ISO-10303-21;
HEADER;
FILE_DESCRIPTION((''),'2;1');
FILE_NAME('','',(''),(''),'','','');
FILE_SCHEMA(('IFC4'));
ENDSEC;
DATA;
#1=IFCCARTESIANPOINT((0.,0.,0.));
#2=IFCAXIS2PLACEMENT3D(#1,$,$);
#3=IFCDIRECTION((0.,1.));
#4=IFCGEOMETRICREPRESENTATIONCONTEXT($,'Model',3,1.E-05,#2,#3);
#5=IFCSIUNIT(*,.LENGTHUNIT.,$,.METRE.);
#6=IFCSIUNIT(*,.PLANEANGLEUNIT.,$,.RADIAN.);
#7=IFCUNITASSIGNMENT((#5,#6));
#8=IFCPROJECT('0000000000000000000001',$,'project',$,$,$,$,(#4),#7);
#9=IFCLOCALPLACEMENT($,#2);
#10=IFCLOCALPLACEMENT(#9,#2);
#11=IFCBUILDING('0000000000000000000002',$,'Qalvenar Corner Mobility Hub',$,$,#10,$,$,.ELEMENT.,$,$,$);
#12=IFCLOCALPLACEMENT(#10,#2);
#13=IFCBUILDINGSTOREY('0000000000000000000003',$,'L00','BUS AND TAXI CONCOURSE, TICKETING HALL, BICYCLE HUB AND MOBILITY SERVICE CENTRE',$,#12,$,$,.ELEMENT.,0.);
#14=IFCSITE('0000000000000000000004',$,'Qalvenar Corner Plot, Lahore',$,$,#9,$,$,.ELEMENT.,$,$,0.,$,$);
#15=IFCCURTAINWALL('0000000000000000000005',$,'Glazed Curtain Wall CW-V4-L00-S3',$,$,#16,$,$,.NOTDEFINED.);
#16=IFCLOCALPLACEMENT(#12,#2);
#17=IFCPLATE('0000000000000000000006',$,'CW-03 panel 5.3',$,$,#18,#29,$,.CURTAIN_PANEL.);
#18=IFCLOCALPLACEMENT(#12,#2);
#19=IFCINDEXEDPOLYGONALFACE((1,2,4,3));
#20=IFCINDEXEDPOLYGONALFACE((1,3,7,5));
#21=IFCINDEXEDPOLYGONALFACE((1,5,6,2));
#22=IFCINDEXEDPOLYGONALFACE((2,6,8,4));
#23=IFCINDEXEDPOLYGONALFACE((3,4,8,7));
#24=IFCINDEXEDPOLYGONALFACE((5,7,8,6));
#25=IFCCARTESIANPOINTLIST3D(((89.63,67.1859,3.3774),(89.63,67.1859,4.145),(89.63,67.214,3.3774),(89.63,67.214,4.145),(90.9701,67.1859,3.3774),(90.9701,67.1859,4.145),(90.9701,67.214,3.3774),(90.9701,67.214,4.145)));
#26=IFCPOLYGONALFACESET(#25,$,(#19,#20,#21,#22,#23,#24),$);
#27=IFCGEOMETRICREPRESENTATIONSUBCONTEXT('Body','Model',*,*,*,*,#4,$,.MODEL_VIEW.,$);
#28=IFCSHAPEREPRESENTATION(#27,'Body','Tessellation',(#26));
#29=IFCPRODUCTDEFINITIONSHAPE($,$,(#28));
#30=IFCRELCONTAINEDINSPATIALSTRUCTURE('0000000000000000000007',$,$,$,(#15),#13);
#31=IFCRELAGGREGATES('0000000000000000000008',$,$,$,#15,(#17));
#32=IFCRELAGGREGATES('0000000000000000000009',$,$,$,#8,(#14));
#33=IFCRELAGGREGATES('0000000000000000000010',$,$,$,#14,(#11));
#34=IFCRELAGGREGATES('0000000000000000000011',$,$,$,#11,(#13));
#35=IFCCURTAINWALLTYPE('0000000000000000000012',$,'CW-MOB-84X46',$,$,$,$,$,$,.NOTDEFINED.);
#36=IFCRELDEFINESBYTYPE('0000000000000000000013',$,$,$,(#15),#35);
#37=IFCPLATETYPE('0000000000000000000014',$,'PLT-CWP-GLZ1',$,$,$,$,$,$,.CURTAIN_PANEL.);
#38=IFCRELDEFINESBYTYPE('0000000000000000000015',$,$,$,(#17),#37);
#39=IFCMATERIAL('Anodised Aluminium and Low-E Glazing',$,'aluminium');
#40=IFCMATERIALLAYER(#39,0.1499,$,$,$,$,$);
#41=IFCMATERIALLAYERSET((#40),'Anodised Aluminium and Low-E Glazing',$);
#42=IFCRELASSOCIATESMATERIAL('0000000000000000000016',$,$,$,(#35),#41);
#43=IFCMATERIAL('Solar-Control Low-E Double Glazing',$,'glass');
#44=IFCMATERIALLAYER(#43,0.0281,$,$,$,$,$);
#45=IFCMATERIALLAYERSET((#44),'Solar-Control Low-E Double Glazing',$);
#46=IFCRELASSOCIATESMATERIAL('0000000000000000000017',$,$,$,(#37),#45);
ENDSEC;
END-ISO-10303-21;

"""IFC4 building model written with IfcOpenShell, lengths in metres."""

from ifc_helpers import new_model, si_unit, direction, frame, origin, origin_2d, place, context, subcontext, project, spatial, rectangle, extrude, material, layer, layer_set, type_object, element, aggregate, save


model = new_model("IFC4")

# Units and contexts
model_context = context("Model", 3, precision=1e-05, world=origin(), true_north=direction((0.0, 1.0)))
body_context = subcontext(model_context, "Body", "Model", "MODEL_VIEW")
ifc_project = project(units=[si_unit("LENGTHUNIT", "METRE"), si_unit("PLANEANGLEUNIT", "RADIAN")], contexts=[model_context])

# Site, building, storey
site_placement = place(None, origin())
site = spatial("IfcSite", under=ifc_project, at=site_placement, Name="Qalvenar Corner Plot, Lahore", CompositionType="ELEMENT", RefElevation=0.0)
building_placement = place(site_placement, origin())
building = spatial("IfcBuilding", under=site, at=building_placement, Name="Qalvenar Corner Mobility Hub", CompositionType="ELEMENT")
storey_placement = place(building_placement, origin())
storey = spatial("IfcBuildingStorey", under=building, at=storey_placement, Name="L00", Description="BUS AND TAXI CONCOURSE, TICKETING HALL, BICYCLE HUB AND MOBILITY SERVICE CENTRE", CompositionType="ELEMENT", Elevation=0.0)

# Curtain wall, plate
ifc_material_1 = material(Name="Anodised Aluminium and Low-E Glazing", Category="aluminium")
ifc_layer_1 = layer(ifc_material_1, 0.1499)
ifc_layer_set_1 = layer_set([ifc_layer_1], Name="Anodised Aluminium and Low-E Glazing")
curtain_wall_type = type_object("IfcCurtainWallType", Name="CW-MOB-84X46", PredefinedType="NOTDEFINED", material=ifc_layer_set_1)
curtain_wall_placement = place(storey_placement, origin())
curtain_wall = element("IfcCurtainWall", 1, at=curtain_wall_placement, inside=storey, type_object=curtain_wall_type, Name="Glazed Curtain Wall CW-V4-L00-S3", PredefinedType="NOTDEFINED")
ifc_material_2 = material(Name="Solar-Control Low-E Double Glazing", Category="glass")
ifc_layer_2 = layer(ifc_material_2, 0.0281)
ifc_layer_set_2 = layer_set([ifc_layer_2], Name="Solar-Control Low-E Double Glazing")
plate_type = type_object("IfcPlateType", Name="PLT-CWP-GLZ1", PredefinedType="CURTAIN_PANEL", material=ifc_layer_set_2)
plate_1_placement = place(storey_placement, frame((90.3, 67.2, 3.3774), z_axis=(0.0, 0.0, 1.0), x_axis=(1.0, 0.0, 0.0)))
plate_1 = element("IfcPlate", 2, at=plate_1_placement, type_object=plate_type, Name="CW-03 panel 5.3", PredefinedType="CURTAIN_PANEL", context=body_context, shape_type="SweptSolid", body=[
    extrude(rectangle(XDim=1.3401, YDim=0.0281, at=origin_2d()), origin(), (0.0, 0.0, 1.0), 0.7676),
])
aggregate(curtain_wall, [plate_1])

save(model, "model.ifc")
